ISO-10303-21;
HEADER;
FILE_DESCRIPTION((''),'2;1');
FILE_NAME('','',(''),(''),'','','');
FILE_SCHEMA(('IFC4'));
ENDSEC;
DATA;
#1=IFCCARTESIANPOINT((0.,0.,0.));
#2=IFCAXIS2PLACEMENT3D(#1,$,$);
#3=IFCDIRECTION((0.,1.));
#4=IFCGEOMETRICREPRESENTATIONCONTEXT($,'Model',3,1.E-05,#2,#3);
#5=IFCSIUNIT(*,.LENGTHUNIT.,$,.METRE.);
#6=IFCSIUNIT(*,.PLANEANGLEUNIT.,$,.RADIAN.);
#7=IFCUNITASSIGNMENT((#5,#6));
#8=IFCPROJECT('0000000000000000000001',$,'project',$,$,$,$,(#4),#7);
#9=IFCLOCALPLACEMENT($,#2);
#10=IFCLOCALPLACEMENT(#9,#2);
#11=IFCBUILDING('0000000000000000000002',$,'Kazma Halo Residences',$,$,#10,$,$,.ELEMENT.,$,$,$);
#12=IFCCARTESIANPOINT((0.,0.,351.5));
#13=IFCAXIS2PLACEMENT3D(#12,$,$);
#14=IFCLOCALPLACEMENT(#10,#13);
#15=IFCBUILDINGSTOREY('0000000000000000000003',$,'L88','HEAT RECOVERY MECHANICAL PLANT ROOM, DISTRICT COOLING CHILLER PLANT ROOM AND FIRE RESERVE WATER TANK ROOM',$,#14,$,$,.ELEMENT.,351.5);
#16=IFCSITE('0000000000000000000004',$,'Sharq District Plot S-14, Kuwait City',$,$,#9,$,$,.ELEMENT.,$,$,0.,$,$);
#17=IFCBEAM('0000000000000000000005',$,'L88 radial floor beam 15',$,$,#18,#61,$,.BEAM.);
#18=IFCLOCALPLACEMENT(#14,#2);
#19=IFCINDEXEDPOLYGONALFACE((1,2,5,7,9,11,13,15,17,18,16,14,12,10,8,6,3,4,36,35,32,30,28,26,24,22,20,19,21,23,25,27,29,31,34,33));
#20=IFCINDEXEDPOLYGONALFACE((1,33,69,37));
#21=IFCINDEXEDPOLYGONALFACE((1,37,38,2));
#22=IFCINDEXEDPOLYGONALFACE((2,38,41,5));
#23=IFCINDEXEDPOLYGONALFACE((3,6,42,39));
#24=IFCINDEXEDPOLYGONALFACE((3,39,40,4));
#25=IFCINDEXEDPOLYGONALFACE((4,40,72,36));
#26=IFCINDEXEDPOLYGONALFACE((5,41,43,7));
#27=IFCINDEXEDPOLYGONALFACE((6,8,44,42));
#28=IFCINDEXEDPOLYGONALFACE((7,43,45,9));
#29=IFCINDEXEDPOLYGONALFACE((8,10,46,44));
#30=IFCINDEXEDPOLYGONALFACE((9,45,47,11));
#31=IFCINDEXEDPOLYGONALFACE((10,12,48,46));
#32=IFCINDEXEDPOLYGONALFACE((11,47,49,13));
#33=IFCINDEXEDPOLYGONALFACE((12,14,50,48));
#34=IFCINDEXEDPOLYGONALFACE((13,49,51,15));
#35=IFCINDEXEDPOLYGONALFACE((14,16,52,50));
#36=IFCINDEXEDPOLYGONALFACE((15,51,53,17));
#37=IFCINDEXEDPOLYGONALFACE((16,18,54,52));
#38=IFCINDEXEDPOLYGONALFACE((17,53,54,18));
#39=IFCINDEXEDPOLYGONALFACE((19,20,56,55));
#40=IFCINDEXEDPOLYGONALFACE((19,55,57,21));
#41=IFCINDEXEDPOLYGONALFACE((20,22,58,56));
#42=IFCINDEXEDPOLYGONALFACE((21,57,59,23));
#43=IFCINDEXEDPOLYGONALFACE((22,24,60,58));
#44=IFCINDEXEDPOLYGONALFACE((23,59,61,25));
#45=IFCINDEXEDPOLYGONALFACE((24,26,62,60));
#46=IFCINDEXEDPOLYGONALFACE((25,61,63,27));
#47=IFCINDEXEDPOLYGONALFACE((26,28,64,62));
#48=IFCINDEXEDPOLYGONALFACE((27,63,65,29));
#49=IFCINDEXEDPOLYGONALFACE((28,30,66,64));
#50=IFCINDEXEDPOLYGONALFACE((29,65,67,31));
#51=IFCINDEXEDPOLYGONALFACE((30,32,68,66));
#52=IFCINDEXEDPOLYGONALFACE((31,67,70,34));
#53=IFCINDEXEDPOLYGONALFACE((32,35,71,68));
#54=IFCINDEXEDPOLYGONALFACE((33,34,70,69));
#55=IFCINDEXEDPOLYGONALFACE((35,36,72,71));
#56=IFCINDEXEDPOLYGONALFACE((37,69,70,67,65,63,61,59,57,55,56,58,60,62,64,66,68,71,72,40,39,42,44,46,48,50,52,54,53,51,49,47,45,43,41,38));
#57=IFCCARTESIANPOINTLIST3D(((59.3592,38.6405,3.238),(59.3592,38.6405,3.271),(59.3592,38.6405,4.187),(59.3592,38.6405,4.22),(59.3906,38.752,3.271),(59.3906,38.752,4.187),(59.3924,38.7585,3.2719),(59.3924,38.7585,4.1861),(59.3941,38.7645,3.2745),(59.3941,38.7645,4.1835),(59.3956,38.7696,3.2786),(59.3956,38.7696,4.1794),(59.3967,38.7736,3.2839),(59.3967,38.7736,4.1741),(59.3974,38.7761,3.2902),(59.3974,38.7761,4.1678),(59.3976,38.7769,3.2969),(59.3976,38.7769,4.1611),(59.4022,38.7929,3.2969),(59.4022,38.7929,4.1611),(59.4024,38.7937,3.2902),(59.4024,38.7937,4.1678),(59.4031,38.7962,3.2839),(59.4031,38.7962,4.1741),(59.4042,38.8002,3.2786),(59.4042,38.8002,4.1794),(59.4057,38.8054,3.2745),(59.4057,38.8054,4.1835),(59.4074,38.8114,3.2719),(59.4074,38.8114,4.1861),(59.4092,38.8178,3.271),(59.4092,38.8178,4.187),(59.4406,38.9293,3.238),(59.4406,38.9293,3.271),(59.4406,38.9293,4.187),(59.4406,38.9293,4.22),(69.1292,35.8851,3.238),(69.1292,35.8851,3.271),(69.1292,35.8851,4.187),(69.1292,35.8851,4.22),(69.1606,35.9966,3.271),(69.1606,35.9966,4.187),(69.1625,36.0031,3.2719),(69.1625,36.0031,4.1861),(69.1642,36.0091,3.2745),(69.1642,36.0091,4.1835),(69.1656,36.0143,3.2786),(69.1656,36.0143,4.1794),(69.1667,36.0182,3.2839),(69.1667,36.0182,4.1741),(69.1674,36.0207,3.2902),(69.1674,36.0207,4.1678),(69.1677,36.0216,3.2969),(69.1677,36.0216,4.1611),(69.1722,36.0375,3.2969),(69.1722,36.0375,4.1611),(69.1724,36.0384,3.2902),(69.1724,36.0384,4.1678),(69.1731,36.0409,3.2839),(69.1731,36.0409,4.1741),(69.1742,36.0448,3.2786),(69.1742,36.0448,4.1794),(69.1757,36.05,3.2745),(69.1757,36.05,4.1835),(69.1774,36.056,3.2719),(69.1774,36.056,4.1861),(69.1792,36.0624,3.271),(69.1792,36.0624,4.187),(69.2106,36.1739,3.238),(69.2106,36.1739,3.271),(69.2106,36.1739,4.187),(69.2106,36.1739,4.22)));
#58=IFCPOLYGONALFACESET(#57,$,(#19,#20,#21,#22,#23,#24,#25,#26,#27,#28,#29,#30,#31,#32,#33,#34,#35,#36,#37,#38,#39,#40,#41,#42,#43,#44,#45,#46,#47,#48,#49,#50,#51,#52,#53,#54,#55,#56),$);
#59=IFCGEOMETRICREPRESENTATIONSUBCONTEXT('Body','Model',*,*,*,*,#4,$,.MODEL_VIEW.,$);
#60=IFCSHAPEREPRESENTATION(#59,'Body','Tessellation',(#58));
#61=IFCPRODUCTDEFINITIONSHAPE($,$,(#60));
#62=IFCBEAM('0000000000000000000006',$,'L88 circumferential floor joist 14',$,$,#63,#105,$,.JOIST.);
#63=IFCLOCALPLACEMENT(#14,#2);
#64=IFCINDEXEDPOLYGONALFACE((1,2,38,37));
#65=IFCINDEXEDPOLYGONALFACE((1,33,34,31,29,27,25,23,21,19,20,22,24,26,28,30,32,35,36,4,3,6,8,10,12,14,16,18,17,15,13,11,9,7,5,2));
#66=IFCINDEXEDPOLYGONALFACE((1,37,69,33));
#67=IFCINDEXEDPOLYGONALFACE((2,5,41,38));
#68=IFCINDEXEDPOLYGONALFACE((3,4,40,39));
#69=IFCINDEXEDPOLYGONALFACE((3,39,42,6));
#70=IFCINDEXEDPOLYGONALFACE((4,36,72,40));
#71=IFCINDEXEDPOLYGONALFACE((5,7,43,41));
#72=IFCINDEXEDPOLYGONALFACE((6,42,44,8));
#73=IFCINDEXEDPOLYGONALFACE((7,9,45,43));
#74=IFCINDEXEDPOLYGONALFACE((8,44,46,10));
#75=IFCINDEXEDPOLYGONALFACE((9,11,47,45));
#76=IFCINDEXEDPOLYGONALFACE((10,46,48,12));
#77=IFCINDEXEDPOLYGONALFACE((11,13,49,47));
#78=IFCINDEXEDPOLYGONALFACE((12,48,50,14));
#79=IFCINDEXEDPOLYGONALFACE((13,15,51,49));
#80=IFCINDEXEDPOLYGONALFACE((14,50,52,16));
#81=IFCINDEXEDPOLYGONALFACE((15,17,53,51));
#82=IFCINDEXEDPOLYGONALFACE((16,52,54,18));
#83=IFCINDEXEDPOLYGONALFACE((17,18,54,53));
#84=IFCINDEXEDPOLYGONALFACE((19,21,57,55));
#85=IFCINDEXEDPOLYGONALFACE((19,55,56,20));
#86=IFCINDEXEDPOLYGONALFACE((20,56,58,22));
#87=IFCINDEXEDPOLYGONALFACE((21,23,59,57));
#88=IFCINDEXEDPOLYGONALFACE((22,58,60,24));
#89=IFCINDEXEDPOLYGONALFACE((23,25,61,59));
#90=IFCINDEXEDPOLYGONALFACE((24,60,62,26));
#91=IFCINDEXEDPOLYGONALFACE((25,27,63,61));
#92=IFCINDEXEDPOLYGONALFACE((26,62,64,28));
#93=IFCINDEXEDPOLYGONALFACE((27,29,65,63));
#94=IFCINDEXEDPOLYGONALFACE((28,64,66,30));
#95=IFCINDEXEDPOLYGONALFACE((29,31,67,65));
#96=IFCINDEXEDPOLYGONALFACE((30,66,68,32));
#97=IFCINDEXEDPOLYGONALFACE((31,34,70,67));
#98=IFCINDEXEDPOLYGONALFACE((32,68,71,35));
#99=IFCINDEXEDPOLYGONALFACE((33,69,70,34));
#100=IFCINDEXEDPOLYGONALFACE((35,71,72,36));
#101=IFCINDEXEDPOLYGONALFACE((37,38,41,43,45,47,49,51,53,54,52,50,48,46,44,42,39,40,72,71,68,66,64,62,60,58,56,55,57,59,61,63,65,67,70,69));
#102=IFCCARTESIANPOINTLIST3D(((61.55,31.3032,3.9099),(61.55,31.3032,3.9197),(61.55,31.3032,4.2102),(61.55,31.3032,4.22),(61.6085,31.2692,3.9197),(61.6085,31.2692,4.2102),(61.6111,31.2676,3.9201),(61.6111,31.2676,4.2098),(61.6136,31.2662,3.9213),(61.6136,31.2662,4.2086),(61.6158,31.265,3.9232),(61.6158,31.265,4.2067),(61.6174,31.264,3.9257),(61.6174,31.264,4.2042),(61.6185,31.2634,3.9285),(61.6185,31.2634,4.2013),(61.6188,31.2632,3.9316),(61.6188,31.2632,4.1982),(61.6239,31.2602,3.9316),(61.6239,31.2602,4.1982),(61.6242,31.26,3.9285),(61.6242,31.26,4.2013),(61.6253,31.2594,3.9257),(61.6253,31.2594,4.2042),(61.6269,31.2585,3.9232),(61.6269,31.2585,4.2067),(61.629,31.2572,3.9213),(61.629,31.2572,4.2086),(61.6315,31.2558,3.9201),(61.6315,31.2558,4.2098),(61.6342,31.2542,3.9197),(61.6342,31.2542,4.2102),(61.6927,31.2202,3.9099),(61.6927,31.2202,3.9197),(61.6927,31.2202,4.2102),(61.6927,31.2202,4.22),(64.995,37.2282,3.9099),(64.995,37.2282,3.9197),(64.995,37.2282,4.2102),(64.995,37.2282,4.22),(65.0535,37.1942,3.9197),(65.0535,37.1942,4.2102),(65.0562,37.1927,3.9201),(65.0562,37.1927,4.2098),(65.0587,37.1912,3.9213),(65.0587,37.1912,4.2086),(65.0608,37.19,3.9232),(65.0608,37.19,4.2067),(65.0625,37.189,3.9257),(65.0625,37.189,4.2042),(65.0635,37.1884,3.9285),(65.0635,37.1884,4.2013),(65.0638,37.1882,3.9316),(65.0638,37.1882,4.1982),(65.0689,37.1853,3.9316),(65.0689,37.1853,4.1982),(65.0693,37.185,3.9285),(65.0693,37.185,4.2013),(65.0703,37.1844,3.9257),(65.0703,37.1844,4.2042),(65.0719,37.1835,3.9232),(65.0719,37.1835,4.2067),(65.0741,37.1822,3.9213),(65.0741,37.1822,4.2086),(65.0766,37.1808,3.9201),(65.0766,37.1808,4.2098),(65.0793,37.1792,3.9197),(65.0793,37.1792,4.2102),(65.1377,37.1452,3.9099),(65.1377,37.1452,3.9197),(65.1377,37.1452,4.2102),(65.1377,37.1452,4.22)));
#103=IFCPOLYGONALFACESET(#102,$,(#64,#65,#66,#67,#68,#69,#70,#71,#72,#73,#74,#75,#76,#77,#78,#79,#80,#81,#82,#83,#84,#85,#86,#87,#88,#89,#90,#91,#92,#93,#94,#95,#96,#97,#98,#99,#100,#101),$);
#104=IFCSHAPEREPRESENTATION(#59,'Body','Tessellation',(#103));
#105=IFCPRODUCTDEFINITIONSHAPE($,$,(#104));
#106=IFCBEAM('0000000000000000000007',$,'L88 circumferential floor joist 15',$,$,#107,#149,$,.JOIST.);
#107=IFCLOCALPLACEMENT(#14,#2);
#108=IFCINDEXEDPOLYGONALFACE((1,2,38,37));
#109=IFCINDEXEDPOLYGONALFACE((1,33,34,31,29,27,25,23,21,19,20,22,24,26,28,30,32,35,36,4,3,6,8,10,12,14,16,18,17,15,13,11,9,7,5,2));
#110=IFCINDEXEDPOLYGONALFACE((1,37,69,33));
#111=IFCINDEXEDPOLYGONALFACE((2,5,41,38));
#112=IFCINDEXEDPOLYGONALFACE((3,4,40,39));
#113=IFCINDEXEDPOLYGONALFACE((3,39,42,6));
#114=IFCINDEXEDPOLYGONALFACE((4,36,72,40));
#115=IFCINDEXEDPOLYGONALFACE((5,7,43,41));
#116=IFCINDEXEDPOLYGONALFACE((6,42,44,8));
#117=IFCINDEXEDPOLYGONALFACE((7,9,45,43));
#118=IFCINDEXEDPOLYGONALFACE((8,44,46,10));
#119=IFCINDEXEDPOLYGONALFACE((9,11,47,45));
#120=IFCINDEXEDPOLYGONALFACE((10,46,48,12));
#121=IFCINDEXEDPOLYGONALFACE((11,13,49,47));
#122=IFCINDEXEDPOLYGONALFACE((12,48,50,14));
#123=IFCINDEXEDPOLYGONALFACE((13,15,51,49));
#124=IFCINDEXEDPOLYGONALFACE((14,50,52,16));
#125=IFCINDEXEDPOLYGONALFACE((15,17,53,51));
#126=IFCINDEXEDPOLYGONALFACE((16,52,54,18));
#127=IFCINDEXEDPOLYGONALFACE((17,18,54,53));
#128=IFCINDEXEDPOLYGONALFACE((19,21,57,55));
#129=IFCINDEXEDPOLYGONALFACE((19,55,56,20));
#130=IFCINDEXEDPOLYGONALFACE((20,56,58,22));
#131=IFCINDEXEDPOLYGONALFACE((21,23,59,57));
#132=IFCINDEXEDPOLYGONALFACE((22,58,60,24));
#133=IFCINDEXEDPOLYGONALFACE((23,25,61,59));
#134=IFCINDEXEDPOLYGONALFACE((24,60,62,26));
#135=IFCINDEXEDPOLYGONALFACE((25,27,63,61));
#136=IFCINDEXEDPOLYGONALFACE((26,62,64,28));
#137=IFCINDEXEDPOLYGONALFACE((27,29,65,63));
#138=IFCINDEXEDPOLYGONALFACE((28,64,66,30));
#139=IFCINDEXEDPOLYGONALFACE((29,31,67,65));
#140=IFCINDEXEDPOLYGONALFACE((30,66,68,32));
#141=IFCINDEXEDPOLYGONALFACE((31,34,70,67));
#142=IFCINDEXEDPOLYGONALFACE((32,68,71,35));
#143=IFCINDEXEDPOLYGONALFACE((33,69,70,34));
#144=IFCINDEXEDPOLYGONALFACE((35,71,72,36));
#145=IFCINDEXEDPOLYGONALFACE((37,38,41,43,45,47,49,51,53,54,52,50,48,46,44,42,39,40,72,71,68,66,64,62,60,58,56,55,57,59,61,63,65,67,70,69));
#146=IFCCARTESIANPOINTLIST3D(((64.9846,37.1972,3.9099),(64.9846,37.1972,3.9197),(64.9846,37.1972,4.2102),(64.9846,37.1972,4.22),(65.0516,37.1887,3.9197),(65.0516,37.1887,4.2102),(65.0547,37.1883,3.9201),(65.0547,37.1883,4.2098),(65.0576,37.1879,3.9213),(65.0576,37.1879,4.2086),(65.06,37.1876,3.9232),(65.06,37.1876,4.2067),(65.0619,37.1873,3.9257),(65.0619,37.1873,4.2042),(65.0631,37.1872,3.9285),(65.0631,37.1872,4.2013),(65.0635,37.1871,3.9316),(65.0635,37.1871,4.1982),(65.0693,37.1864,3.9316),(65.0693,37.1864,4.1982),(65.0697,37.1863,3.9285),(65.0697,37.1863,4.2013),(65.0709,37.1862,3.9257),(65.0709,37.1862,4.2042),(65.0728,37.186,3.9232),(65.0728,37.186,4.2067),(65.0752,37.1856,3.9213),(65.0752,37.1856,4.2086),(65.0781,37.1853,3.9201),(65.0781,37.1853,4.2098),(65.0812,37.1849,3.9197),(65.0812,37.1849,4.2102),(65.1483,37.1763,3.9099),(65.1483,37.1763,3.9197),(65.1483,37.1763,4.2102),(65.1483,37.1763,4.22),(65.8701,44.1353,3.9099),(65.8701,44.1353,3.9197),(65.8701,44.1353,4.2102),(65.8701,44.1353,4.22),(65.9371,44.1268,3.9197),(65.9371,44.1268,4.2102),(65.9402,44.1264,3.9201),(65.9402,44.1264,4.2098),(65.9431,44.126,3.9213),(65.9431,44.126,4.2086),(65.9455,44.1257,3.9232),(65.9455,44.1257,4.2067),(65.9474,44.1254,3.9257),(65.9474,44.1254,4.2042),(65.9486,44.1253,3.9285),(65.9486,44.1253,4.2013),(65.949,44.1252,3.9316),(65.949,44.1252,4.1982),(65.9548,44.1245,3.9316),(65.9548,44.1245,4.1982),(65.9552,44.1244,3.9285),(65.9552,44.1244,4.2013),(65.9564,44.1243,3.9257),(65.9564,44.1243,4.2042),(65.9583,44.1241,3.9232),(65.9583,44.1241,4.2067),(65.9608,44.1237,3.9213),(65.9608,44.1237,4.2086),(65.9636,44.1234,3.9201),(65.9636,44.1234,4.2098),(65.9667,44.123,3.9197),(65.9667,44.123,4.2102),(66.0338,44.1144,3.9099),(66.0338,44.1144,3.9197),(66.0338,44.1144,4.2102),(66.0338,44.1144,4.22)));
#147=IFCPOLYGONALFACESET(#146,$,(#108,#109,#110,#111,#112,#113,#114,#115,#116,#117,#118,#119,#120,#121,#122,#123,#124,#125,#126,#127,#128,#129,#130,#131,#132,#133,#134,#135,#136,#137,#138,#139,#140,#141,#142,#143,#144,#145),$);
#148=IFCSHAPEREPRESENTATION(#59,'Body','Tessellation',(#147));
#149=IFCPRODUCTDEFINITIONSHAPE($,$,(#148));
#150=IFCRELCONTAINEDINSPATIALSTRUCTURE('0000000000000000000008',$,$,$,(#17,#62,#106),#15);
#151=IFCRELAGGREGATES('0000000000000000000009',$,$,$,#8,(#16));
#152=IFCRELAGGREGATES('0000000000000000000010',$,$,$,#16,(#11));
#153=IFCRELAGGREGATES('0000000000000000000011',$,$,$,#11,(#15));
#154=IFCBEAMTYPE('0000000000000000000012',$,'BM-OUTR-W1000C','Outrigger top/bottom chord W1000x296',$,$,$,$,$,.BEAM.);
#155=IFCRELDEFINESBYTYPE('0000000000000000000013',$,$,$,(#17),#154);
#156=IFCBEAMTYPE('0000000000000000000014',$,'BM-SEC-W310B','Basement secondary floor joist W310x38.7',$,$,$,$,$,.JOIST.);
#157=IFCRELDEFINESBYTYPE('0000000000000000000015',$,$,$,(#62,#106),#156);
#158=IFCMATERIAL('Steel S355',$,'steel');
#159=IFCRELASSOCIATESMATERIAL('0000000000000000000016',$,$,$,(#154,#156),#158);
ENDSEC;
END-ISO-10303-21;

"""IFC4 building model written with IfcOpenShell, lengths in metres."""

from ifc_helpers import new_model, si_unit, direction, frame, origin, origin_2d, place, context, subcontext, project, spatial, i_section, extrude, material, material_profile, profile_set, type_object, element, save


model = new_model("IFC4")

# Units and contexts
model_context = context("Model", 3, precision=1e-05, world=origin(), true_north=direction((0.0, 1.0)))
body_context = subcontext(model_context, "Body", "Model", "MODEL_VIEW")
ifc_project = project(units=[si_unit("LENGTHUNIT", "METRE"), si_unit("PLANEANGLEUNIT", "RADIAN")], contexts=[model_context])

# Site, building, storey
site_placement = place(None, origin())
site = spatial("IfcSite", under=ifc_project, at=site_placement, Name="Sharq District Plot S-14, Kuwait City", CompositionType="ELEMENT", RefElevation=0.0)
building_placement = place(site_placement, origin())
building = spatial("IfcBuilding", under=site, at=building_placement, Name="Kazma Halo Residences", CompositionType="ELEMENT")
storey_placement = place(building_placement, frame((0.0, 0.0, 351.5)))
storey = spatial("IfcBuildingStorey", under=building, at=storey_placement, Name="L88", Description="HEAT RECOVERY MECHANICAL PLANT ROOM, DISTRICT COOLING CHILLER PLANT ROOM AND FIRE RESERVE WATER TANK ROOM", CompositionType="ELEMENT", Elevation=351.5)

# Shared definitions
ifc_material_1 = material(Name="Steel S355", Category="steel")

# Beams
ifc_material_profile_1 = material_profile(ifc_material_1, i_section(OverallWidth=0.3, OverallDepth=0.9819, WebThickness=0.0166, FlangeThickness=0.033, FilletRadius=0.0259, at=origin_2d()), Name="W1000x296")
ifc_profile_set_1 = profile_set([ifc_material_profile_1], Name="Steel S355")
beam_type_1 = type_object("IfcBeamType", Name="BM-OUTR-W1000C", Description="Outrigger top/bottom chord W1000x296", PredefinedType="BEAM", material=ifc_profile_set_1)
beam_1_placement = place(storey_placement, frame((59.3999, 38.7849, 3.729), z_axis=(0.962457, -0.271435, 0.0), x_axis=(0.271435, 0.962457, 0.0)))
element("IfcBeam", 1, at=beam_1_placement, inside=storey, type_object=beam_type_1, Name="L88 radial floor beam 15", PredefinedType="BEAM", context=body_context, shape_type="SweptSolid", body=[
    extrude(i_section(OverallWidth=0.3, OverallDepth=0.9819, WebThickness=0.0166, FlangeThickness=0.033, FilletRadius=0.0259, at=origin_2d()), origin(), (0.0, 0.0, 1.0), 10.1511),
])
ifc_material_profile_2 = material_profile(ifc_material_1, i_section(OverallWidth=0.165, OverallDepth=0.3101, WebThickness=0.0059, FlangeThickness=0.0098, FilletRadius=0.012, at=origin_2d()), Name="W310x38.7")
ifc_profile_set_2 = profile_set([ifc_material_profile_2], Name="Steel S355")
beam_type_2 = type_object("IfcBeamType", Name="BM-SEC-W310B", Description="Basement secondary floor joist W310x38.7", PredefinedType="JOIST", material=ifc_profile_set_2)
beam_2_placement = place(storey_placement, frame((61.6213, 31.2617, 4.0649), z_axis=(0.50265, 0.86449, 0.0), x_axis=(-0.86449, 0.50265, 0.0)))
element("IfcBeam", 2, at=beam_2_placement, inside=storey, type_object=beam_type_2, Name="L88 circumferential floor joist 14", PredefinedType="JOIST", context=body_context, shape_type="SweptSolid", body=[
    extrude(i_section(OverallWidth=0.165, OverallDepth=0.3101, WebThickness=0.0059, FlangeThickness=0.0098, FilletRadius=0.012, at=origin_2d()), origin(), (0.0, 0.0, 1.0), 6.8538),
])
beam_3_placement = place(storey_placement, frame((65.0664, 37.1868, 4.0649), z_axis=(0.126603, 0.991953, 0.0), x_axis=(-0.991953, 0.126603, 0.0)))
element("IfcBeam", 3, at=beam_3_placement, inside=storey, type_object=beam_type_2, Name="L88 circumferential floor joist 15", PredefinedType="JOIST", context=body_context, shape_type="SweptSolid", body=[
    extrude(i_section(OverallWidth=0.165, OverallDepth=0.3101, WebThickness=0.0059, FlangeThickness=0.0098, FilletRadius=0.012, at=origin_2d()), origin(), (0.0, 0.0, 1.0), 6.9944),
])

save(model, "model.ifc")
